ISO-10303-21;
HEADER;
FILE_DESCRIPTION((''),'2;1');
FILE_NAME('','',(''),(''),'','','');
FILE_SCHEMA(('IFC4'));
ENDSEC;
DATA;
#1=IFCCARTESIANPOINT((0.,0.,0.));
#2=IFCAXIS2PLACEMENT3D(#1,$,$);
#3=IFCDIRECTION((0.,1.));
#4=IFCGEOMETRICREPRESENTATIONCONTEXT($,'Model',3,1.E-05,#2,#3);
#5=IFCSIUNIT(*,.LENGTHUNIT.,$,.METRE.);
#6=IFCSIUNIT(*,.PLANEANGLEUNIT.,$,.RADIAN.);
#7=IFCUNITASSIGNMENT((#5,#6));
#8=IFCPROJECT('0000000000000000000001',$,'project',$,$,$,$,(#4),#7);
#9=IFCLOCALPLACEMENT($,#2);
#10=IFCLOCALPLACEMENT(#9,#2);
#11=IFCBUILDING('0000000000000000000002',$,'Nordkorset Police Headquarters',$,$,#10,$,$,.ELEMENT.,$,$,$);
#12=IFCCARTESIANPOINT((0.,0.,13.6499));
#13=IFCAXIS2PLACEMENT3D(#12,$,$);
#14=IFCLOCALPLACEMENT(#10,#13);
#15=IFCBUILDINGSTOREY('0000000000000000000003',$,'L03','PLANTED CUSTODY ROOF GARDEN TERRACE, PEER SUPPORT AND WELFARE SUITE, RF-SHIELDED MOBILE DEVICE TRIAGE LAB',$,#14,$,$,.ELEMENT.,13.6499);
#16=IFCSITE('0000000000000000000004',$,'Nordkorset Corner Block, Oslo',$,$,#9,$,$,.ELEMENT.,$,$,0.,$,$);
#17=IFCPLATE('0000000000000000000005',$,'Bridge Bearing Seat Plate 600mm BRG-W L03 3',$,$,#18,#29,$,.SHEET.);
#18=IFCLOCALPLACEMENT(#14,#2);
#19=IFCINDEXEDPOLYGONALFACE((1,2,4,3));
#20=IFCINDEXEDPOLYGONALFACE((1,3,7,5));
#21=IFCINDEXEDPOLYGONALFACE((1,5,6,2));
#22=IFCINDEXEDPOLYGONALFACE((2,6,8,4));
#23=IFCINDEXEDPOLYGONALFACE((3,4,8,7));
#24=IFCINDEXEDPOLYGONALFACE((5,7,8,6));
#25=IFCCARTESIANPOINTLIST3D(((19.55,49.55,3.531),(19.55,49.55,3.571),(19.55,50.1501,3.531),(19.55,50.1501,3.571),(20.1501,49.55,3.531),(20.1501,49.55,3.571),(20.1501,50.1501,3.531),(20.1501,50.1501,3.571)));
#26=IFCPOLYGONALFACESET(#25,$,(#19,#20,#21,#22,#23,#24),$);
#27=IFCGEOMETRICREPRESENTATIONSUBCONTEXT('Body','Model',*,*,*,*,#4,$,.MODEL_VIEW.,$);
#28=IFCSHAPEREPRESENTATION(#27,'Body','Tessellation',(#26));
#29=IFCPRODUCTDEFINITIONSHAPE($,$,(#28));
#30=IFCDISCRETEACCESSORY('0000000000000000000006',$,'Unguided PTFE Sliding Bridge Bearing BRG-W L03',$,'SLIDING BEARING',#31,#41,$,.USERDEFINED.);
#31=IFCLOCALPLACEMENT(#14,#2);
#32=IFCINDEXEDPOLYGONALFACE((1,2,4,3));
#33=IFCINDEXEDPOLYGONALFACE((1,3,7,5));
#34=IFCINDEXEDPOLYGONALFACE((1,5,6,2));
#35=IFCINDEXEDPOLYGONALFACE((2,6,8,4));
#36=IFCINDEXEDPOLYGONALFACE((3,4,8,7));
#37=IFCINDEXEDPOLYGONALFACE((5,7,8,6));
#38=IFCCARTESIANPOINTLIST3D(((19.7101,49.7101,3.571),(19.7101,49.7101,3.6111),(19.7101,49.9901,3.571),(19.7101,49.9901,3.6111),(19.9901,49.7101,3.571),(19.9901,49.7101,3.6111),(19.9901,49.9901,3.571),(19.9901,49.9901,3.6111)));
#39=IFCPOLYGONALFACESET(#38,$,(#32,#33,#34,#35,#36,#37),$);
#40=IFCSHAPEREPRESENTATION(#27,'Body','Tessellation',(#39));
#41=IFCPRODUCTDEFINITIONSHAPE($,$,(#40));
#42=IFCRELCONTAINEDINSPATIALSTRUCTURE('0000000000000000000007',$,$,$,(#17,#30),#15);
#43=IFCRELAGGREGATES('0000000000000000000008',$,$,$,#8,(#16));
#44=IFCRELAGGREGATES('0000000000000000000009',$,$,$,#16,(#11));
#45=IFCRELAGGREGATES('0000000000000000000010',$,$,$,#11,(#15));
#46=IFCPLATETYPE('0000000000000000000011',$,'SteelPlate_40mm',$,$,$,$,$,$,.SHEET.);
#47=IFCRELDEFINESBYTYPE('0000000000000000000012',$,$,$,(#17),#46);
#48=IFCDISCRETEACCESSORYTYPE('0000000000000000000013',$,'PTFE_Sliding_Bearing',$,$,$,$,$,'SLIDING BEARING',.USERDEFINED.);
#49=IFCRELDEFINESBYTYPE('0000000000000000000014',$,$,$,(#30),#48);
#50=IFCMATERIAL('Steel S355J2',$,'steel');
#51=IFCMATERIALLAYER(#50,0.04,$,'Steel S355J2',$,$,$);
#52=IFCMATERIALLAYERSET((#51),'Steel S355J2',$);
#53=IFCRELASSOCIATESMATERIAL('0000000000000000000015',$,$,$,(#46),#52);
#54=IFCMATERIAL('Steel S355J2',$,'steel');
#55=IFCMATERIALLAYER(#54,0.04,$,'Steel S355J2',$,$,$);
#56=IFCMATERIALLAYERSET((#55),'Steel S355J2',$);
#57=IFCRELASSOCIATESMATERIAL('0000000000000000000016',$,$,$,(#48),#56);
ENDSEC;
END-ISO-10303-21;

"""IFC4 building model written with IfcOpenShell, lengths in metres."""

from ifc_helpers import new_model, si_unit, direction, frame, origin, origin_2d, place, context, subcontext, project, spatial, rectangle, extrude, material, layer, layer_set, type_object, element, save


model = new_model("IFC4")

# Units and contexts
model_context = context("Model", 3, precision=1e-05, world=origin(), true_north=direction((0.0, 1.0)))
body_context = subcontext(model_context, "Body", "Model", "MODEL_VIEW")
ifc_project = project(units=[si_unit("LENGTHUNIT", "METRE"), si_unit("PLANEANGLEUNIT", "RADIAN")], contexts=[model_context])

# Site, building, storey
site_placement = place(None, origin())
site = spatial("IfcSite", under=ifc_project, at=site_placement, Name="Nordkorset Corner Block, Oslo", CompositionType="ELEMENT", RefElevation=0.0)
building_placement = place(site_placement, origin())
building = spatial("IfcBuilding", under=site, at=building_placement, Name="Nordkorset Police Headquarters", CompositionType="ELEMENT")
storey_placement = place(building_placement, frame((0.0, 0.0, 13.6499)))
storey = spatial("IfcBuildingStorey", under=building, at=storey_placement, Name="L03", Description="PLANTED CUSTODY ROOF GARDEN TERRACE, PEER SUPPORT AND WELFARE SUITE, RF-SHIELDED MOBILE DEVICE TRIAGE LAB", CompositionType="ELEMENT", Elevation=13.6499)

# Plate
ifc_material_1 = material(Name="Steel S355J2", Category="steel")
ifc_layer_1 = layer(ifc_material_1, 0.04, Name="Steel S355J2")
ifc_layer_set_1 = layer_set([ifc_layer_1], Name="Steel S355J2")
plate_type_1 = type_object("IfcPlateType", Name="SteelPlate_40mm", PredefinedType="SHEET", material=ifc_layer_set_1)
plate_1_placement = place(storey_placement, frame((19.8501, 49.8501, 3.531), z_axis=(0.0, 0.0, 1.0), x_axis=(1.0, 0.0, 0.0)))
element("IfcPlate", 1, at=plate_1_placement, inside=storey, type_object=plate_type_1, Name="Bridge Bearing Seat Plate 600mm BRG-W L03 3", PredefinedType="SHEET", context=body_context, shape_type="SweptSolid", body=[
    extrude(rectangle(XDim=0.6001, YDim=0.6001, at=origin_2d()), origin(), (0.0, 0.0, 1.0), 0.04),
])

# Discrete accessory
ifc_material_2 = material(Name="Steel S355J2", Category="steel")
ifc_layer_2 = layer(ifc_material_2, 0.04, Name="Steel S355J2")
ifc_layer_set_2 = layer_set([ifc_layer_2], Name="Steel S355J2")
discrete_accessory_type = type_object("IfcDiscreteAccessoryType", Name="PTFE_Sliding_Bearing", ElementType="SLIDING BEARING", PredefinedType="USERDEFINED", material=ifc_layer_set_2)
discrete_accessory_placement = place(storey_placement, frame((19.8501, 49.8501, 3.571), z_axis=(0.0, 0.0, 1.0), x_axis=(1.0, 0.0, 0.0)))
element("IfcDiscreteAccessory", 2, at=discrete_accessory_placement, inside=storey, type_object=discrete_accessory_type, Name="Unguided PTFE Sliding Bridge Bearing BRG-W L03", ObjectType="SLIDING BEARING", PredefinedType="USERDEFINED", context=body_context, shape_type="SweptSolid", body=[
    extrude(rectangle(XDim=0.28, YDim=0.28, at=origin_2d()), origin(), (0.0, 0.0, 1.0), 0.04),
])

save(model, "model.ifc")
